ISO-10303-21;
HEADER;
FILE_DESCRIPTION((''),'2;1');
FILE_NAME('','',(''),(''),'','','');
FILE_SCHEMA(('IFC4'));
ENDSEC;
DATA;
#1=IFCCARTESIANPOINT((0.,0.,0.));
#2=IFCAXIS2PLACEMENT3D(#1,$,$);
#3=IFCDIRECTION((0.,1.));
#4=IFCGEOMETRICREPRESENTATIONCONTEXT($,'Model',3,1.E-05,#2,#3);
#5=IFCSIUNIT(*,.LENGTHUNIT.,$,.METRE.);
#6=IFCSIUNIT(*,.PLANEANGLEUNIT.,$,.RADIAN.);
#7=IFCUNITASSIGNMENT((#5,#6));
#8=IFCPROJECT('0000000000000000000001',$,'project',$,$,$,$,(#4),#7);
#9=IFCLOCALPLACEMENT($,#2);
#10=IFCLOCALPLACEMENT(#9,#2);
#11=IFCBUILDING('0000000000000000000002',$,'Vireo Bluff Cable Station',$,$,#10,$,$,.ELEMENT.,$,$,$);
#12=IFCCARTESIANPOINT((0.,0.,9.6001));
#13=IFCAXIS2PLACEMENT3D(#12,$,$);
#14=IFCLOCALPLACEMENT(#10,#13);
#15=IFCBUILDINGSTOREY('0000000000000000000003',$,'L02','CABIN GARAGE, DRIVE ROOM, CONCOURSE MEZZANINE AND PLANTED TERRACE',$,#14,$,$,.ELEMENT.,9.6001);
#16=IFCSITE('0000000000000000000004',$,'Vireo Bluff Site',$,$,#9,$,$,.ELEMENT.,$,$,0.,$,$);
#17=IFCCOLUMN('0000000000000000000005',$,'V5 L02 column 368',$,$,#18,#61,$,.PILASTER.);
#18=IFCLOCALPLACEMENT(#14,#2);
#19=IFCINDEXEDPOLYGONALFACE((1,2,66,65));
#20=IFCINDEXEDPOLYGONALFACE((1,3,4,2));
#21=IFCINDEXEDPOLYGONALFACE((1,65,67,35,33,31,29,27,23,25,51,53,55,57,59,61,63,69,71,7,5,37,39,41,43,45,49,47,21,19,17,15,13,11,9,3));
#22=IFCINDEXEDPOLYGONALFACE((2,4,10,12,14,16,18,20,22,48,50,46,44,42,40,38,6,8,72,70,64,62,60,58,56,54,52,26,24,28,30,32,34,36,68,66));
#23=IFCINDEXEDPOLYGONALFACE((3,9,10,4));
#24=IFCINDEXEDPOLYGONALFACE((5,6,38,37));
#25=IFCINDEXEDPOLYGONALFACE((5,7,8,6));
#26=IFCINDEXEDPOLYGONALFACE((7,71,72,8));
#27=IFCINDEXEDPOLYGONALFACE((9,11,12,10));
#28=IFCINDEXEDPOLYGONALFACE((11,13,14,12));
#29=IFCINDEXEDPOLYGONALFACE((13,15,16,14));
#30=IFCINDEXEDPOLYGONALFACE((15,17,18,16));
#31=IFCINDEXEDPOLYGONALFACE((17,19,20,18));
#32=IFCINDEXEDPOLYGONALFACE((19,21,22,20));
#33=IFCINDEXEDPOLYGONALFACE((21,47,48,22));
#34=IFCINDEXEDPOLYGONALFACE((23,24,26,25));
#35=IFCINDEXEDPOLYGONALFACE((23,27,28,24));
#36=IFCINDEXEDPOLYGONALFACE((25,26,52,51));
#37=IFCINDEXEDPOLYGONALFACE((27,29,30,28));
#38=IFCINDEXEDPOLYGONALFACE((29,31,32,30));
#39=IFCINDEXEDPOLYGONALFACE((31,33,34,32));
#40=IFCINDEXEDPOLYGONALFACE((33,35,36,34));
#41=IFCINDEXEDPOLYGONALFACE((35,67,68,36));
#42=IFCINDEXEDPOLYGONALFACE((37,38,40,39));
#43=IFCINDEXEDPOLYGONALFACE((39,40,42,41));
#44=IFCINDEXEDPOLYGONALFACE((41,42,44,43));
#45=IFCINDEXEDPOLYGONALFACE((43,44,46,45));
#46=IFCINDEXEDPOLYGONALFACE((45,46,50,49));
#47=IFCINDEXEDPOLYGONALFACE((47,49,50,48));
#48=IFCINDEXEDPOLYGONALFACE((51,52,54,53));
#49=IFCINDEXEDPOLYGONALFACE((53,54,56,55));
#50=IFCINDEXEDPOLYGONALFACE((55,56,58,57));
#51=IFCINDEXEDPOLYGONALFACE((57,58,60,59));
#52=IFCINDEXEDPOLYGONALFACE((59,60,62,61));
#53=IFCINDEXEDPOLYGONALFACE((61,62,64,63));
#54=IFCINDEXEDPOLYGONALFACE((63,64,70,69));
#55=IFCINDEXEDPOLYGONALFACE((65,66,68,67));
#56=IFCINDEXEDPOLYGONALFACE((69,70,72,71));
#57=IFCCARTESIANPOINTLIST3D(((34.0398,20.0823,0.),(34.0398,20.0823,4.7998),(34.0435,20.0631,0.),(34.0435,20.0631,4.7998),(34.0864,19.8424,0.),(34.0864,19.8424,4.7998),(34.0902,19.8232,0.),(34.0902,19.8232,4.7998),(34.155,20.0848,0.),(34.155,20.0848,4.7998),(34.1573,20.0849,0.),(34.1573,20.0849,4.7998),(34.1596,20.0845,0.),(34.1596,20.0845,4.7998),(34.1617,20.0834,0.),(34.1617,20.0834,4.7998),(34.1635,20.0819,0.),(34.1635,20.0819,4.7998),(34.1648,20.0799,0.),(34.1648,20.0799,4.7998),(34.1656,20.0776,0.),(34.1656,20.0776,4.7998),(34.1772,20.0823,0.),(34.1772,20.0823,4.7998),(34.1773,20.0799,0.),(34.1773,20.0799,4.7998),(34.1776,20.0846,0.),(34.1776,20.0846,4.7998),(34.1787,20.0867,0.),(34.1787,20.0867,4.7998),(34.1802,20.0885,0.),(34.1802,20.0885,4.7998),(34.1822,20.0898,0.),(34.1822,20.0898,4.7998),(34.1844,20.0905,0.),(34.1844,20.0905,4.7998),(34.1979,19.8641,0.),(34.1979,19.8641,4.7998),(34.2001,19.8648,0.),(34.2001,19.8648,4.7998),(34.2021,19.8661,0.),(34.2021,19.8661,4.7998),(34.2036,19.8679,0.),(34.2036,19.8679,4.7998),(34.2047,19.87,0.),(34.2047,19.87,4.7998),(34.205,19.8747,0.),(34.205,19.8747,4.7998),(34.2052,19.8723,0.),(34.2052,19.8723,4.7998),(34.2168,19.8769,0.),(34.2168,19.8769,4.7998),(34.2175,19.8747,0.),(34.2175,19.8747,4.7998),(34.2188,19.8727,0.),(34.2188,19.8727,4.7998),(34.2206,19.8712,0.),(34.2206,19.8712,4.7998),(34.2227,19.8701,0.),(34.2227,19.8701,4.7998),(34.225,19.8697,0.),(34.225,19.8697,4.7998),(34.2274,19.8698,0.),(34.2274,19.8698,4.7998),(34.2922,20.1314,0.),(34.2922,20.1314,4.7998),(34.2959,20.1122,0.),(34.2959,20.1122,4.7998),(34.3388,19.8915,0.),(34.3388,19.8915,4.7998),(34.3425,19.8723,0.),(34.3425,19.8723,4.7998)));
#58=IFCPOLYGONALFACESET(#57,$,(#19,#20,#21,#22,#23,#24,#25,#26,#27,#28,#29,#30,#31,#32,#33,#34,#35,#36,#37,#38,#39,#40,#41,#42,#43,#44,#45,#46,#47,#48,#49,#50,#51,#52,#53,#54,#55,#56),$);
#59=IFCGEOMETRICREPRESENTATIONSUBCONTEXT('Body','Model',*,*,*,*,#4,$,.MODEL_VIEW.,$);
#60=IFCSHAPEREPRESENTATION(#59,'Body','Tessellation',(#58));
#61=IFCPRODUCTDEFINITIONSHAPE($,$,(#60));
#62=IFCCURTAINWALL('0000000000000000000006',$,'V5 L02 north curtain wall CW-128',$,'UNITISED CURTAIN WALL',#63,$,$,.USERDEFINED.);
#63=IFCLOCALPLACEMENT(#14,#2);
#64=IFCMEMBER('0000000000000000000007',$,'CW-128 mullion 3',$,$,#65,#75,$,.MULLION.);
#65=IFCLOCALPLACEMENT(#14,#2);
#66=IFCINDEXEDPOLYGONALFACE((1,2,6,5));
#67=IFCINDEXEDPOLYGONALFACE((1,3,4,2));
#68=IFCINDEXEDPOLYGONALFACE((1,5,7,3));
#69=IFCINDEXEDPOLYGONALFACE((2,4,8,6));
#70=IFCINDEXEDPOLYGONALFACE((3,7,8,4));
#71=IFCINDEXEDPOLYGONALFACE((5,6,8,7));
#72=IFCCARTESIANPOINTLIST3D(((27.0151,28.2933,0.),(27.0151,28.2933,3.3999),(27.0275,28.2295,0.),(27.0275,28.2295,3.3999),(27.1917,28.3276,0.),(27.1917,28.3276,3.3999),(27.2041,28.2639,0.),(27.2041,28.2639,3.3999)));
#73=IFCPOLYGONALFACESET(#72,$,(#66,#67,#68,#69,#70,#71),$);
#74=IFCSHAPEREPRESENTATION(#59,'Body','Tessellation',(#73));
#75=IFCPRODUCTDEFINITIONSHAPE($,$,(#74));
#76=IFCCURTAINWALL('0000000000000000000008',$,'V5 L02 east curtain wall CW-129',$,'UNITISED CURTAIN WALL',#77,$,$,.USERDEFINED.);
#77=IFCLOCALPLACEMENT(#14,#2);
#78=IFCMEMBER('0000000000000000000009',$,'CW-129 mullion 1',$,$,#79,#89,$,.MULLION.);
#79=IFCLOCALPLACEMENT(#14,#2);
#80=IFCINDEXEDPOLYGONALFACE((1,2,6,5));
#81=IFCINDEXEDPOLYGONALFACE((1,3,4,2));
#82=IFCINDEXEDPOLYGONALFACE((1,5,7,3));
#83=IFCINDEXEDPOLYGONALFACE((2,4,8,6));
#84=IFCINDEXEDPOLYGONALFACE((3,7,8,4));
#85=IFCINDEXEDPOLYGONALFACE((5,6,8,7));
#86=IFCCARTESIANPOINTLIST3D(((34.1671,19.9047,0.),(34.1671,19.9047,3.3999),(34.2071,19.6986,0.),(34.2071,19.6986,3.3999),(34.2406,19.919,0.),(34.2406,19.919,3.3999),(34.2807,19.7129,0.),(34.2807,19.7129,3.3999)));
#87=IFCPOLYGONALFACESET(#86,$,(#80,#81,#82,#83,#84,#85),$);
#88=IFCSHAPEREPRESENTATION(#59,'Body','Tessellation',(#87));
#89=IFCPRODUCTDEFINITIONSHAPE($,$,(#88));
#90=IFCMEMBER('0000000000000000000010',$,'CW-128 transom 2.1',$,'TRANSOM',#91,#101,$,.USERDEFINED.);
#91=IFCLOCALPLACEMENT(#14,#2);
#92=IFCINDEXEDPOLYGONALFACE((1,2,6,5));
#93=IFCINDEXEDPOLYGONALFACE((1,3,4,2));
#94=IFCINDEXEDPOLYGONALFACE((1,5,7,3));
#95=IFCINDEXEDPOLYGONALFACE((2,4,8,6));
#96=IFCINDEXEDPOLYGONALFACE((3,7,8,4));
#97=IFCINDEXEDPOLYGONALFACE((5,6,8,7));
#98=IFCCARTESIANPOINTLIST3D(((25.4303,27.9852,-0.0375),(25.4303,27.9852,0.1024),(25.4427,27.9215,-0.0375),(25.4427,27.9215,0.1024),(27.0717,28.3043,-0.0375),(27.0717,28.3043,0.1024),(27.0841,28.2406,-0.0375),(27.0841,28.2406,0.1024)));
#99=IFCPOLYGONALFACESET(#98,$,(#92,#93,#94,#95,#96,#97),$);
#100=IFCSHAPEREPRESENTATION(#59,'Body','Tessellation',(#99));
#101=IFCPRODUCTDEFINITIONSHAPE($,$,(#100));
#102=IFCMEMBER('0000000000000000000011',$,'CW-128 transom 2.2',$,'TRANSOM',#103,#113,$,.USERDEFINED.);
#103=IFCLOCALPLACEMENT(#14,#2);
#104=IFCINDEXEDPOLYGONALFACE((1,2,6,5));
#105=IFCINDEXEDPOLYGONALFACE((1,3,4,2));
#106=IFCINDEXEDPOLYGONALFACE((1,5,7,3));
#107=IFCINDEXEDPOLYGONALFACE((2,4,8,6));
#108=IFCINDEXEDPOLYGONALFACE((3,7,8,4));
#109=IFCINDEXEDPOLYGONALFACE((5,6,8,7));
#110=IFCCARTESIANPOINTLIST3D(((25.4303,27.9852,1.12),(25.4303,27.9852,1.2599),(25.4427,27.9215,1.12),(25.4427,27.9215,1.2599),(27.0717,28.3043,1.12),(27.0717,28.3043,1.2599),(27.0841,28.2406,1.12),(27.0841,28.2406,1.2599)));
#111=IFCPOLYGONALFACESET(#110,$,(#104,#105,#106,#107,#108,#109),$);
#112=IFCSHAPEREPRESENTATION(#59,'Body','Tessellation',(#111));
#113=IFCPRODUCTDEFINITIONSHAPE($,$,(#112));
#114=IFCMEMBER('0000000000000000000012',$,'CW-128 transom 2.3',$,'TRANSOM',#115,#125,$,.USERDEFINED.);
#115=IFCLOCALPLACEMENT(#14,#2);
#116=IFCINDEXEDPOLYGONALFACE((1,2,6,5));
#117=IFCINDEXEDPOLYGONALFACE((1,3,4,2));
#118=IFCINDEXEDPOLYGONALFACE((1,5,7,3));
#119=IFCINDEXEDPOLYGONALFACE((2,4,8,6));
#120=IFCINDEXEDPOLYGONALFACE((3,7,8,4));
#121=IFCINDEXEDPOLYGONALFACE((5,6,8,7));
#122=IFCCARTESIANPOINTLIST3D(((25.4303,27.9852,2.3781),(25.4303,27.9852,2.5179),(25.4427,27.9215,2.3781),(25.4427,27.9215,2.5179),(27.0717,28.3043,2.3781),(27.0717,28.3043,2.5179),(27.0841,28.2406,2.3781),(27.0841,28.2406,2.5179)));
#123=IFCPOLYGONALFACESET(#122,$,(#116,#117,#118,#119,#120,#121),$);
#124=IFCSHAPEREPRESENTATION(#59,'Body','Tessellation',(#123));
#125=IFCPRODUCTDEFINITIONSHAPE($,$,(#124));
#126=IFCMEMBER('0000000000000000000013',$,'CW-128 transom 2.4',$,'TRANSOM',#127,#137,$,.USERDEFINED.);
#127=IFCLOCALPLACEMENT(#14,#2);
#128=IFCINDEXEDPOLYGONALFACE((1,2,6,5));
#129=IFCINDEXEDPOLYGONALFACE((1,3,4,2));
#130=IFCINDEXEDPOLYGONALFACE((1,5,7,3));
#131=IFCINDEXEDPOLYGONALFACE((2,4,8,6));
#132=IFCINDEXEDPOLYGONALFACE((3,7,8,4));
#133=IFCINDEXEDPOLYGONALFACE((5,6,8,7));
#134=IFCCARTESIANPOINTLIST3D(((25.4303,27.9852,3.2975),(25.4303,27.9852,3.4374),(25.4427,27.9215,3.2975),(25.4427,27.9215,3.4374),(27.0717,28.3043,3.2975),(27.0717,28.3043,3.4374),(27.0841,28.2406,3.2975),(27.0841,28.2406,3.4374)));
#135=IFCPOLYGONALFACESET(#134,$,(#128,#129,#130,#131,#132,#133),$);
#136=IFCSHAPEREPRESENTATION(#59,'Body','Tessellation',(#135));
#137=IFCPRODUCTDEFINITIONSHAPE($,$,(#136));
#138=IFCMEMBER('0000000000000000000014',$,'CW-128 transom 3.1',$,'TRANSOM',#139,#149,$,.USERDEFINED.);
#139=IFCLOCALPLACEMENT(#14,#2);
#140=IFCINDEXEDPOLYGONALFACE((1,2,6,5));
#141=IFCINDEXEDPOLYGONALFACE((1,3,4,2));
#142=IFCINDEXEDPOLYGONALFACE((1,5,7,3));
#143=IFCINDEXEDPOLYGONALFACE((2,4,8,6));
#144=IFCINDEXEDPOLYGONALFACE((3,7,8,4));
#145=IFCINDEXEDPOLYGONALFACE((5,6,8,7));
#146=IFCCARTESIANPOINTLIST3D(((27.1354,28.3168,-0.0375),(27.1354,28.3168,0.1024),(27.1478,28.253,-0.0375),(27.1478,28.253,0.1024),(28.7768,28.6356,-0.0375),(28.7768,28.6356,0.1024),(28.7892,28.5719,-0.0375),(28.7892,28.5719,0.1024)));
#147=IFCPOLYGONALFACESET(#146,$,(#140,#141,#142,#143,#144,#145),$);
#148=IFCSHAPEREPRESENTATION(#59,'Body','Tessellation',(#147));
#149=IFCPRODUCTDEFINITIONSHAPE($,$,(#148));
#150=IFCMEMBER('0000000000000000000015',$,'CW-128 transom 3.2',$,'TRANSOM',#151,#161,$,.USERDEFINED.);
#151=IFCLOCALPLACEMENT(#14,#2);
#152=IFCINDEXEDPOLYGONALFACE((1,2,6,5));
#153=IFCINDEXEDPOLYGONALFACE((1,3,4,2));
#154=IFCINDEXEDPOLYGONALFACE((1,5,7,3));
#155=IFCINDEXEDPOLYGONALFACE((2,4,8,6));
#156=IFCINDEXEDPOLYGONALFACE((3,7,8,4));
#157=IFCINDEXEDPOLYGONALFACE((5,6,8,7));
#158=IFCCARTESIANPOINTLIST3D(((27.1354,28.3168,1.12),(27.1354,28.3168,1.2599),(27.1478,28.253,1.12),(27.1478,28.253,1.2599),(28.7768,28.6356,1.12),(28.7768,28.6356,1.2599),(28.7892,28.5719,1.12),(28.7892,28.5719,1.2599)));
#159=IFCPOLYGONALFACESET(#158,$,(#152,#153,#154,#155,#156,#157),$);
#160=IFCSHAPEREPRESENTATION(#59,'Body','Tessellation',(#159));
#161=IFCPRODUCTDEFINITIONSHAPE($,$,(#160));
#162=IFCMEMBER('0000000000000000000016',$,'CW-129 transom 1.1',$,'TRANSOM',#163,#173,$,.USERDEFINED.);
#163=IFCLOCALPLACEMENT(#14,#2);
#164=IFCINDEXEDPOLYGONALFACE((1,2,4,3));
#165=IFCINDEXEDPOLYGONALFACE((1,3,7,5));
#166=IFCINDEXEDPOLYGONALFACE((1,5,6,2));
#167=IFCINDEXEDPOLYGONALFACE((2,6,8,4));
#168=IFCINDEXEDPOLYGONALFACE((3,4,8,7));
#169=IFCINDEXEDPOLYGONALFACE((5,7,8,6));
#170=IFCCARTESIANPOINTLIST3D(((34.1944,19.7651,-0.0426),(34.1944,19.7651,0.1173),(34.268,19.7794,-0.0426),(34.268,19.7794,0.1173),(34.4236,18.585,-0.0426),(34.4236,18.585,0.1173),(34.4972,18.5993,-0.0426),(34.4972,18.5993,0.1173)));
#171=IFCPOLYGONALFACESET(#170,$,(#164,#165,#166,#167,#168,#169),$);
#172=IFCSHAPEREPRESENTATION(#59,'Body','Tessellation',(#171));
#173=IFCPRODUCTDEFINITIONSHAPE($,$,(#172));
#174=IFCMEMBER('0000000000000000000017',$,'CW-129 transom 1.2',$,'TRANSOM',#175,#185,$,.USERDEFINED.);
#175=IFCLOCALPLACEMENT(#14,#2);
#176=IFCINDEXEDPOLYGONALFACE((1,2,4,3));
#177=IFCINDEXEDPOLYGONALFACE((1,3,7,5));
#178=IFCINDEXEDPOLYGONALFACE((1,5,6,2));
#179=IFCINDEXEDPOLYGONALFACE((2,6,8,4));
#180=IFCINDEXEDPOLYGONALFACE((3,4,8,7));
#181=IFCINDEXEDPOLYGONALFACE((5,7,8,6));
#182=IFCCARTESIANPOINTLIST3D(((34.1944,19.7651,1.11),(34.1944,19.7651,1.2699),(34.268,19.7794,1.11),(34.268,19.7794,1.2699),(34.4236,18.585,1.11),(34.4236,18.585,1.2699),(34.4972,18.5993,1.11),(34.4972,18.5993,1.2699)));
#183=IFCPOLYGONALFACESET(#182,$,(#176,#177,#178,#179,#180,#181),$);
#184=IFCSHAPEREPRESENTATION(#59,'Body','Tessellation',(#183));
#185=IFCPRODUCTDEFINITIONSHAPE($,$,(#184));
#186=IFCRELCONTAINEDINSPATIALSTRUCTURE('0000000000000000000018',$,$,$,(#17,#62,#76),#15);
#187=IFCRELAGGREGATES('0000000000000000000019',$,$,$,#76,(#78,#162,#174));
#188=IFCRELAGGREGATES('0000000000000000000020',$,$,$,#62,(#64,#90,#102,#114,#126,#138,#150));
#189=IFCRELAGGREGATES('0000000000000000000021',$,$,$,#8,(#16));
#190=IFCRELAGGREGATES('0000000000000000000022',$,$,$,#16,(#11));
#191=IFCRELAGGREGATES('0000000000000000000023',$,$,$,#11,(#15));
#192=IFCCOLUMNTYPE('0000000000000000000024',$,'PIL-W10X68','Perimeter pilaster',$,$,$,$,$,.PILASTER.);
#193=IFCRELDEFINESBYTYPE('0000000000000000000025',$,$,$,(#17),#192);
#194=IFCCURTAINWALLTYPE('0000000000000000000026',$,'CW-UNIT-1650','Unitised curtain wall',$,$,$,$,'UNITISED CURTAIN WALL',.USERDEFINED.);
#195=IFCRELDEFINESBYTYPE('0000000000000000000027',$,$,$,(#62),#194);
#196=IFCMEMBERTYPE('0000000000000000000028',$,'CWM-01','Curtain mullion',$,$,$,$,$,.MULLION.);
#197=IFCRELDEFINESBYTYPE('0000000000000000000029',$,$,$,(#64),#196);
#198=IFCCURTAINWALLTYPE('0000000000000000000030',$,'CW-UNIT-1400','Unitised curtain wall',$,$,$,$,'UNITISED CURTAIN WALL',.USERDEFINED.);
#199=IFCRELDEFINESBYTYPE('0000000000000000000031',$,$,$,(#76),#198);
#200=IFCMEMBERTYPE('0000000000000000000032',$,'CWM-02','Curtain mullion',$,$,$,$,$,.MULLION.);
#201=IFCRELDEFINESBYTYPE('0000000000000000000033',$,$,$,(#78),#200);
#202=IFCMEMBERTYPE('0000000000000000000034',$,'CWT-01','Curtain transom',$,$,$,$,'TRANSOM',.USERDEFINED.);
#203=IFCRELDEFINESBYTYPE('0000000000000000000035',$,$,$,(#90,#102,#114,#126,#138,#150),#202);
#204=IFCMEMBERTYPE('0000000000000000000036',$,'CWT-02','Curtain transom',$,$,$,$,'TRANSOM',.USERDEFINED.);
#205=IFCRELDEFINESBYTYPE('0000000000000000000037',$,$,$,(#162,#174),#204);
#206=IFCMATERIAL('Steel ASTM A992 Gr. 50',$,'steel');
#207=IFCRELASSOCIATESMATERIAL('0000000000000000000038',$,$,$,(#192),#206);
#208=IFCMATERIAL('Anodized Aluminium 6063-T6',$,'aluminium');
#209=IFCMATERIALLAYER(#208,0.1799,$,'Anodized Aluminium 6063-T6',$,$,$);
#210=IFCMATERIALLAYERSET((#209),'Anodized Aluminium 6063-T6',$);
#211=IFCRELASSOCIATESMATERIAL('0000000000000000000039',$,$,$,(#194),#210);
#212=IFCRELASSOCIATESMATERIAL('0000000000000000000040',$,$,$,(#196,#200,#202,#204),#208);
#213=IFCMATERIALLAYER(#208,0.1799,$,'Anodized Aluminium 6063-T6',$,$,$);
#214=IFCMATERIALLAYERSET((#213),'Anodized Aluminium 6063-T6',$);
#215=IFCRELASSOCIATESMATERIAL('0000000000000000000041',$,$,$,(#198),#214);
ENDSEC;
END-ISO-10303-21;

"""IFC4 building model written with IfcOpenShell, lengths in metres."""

from ifc_helpers import new_model, si_unit, direction, frame, origin, origin_2d, place, context, subcontext, project, spatial, rectangle, i_section, extrude, material, layer, layer_set, material_profile, profile_set, type_object, element, aggregate, save


model = new_model("IFC4")

# Units and contexts
model_context = context("Model", 3, precision=1e-05, world=origin(), true_north=direction((0.0, 1.0)))
body_context = subcontext(model_context, "Body", "Model", "MODEL_VIEW")
ifc_project = project(units=[si_unit("LENGTHUNIT", "METRE"), si_unit("PLANEANGLEUNIT", "RADIAN")], contexts=[model_context])

# Site, building, storey
site_placement = place(None, origin())
site = spatial("IfcSite", under=ifc_project, at=site_placement, Name="Vireo Bluff Site", CompositionType="ELEMENT", RefElevation=0.0)
building_placement = place(site_placement, origin())
building = spatial("IfcBuilding", under=site, at=building_placement, Name="Vireo Bluff Cable Station", CompositionType="ELEMENT")
storey_placement = place(building_placement, frame((0.0, 0.0, 9.6001)))
storey = spatial("IfcBuildingStorey", under=building, at=storey_placement, Name="L02", Description="CABIN GARAGE, DRIVE ROOM, CONCOURSE MEZZANINE AND PLANTED TERRACE", CompositionType="ELEMENT", Elevation=9.6001)

# Column
ifc_material_1 = material(Name="Steel ASTM A992 Gr. 50", Category="steel")
ifc_material_profile_1 = material_profile(ifc_material_1, i_section(OverallWidth=0.2571, OverallDepth=0.2639, WebThickness=0.012, FlangeThickness=0.0195, FilletRadius=0.009, at=origin_2d()), Name="W10X68")
ifc_profile_set_1 = profile_set([ifc_material_profile_1], Name="Steel ASTM A992 Gr. 50")
column_type = type_object("IfcColumnType", Name="PIL-W10X68", Description="Perimeter pilaster", PredefinedType="PILASTER", material=ifc_profile_set_1)
column_placement = place(storey_placement, frame((34.1912, 19.9773, 0.0), z_axis=(0.0, 0.0, 1.0), x_axis=(0.981627, 0.190809, 0.0)))
element("IfcColumn", 1, at=column_placement, inside=storey, type_object=column_type, Name="V5 L02 column 368", PredefinedType="PILASTER", context=body_context, shape_type="SweptSolid", body=[
    extrude(i_section(OverallWidth=0.2571, OverallDepth=0.2639, WebThickness=0.012, FlangeThickness=0.0195, FilletRadius=0.009, at=origin_2d()), origin(), (0.0, 0.0, 1.0), 4.7998),
])

# Curtain walls, members
ifc_material_2 = material(Name="Anodized Aluminium 6063-T6", Category="aluminium")
ifc_layer_1 = layer(ifc_material_2, 0.1799, Name="Anodized Aluminium 6063-T6")
ifc_layer_set_1 = layer_set([ifc_layer_1], Name="Anodized Aluminium 6063-T6")
curtain_wall_type_1 = type_object("IfcCurtainWallType", Name="CW-UNIT-1650", Description="Unitised curtain wall", ElementType="UNITISED CURTAIN WALL", PredefinedType="USERDEFINED", material=ifc_layer_set_1)
curtain_wall_1_placement = place(storey_placement, origin())
curtain_wall_1 = element("IfcCurtainWall", 2, at=curtain_wall_1_placement, inside=storey, type_object=curtain_wall_type_1, Name="V5 L02 north curtain wall CW-128", ObjectType="UNITISED CURTAIN WALL", PredefinedType="USERDEFINED")
ifc_material_profile_2 = material_profile(ifc_material_2, rectangle(XDim=0.0649, YDim=0.1799, at=origin_2d()), Name="ALU-M-65X180")
ifc_profile_set_2 = profile_set([ifc_material_profile_2], Name="Anodized Aluminium 6063-T6")
member_type_1 = type_object("IfcMemberType", Name="CWM-01", Description="Curtain mullion", PredefinedType="MULLION", material=ifc_profile_set_2)
member_1_placement = place(storey_placement, frame((27.1096, 28.2786, 0.0), z_axis=(0.0, 0.0, 1.0), x_axis=(-0.190809, 0.981627, 0.0)))
member_1 = element("IfcMember", 3, at=member_1_placement, type_object=member_type_1, Name="CW-128 mullion 3", PredefinedType="MULLION", context=body_context, shape_type="SweptSolid", body=[
    extrude(rectangle(XDim=0.0649, YDim=0.1799, at=origin_2d()), origin(), (0.0, 0.0, 1.0), 3.3999),
])
ifc_layer_2 = layer(ifc_material_2, 0.1799, Name="Anodized Aluminium 6063-T6")
ifc_layer_set_2 = layer_set([ifc_layer_2], Name="Anodized Aluminium 6063-T6")
curtain_wall_type_2 = type_object("IfcCurtainWallType", Name="CW-UNIT-1400", Description="Unitised curtain wall", ElementType="UNITISED CURTAIN WALL", PredefinedType="USERDEFINED", material=ifc_layer_set_2)
curtain_wall_2_placement = place(storey_placement, origin())
curtain_wall_2 = element("IfcCurtainWall", 4, at=curtain_wall_2_placement, inside=storey, type_object=curtain_wall_type_2, Name="V5 L02 east curtain wall CW-129", ObjectType="UNITISED CURTAIN WALL", PredefinedType="USERDEFINED")
ifc_material_profile_3 = material_profile(ifc_material_2, rectangle(XDim=0.075, YDim=0.21, at=origin_2d()), Name="ALU-M-75X210")
ifc_profile_set_3 = profile_set([ifc_material_profile_3], Name="Anodized Aluminium 6063-T6")
member_type_2 = type_object("IfcMemberType", Name="CWM-02", Description="Curtain mullion", PredefinedType="MULLION", material=ifc_profile_set_3)
member_2_placement = place(storey_placement, frame((34.2239, 19.8088, 0.0), z_axis=(0.0, 0.0, 1.0), x_axis=(0.981627, 0.190809, 0.0)))
member_2 = element("IfcMember", 5, at=member_2_placement, type_object=member_type_2, Name="CW-129 mullion 1", PredefinedType="MULLION", context=body_context, shape_type="SweptSolid", body=[
    extrude(rectangle(XDim=0.075, YDim=0.21, at=origin_2d()), origin(), (0.0, 0.0, 1.0), 3.3999),
])

# Members
ifc_material_profile_4 = material_profile(ifc_material_2, rectangle(XDim=0.0649, YDim=0.1399, at=origin_2d()), Name="ALU-T-65X140")
ifc_profile_set_4 = profile_set([ifc_material_profile_4], Name="Anodized Aluminium 6063-T6")
member_type_3 = type_object("IfcMemberType", Name="CWT-01", Description="Curtain transom", ElementType="TRANSOM", PredefinedType="USERDEFINED", material=ifc_profile_set_4)
member_3_placement = place(storey_placement, frame((25.4365, 27.9534, 0.0325), z_axis=(0.981622, 0.190834, 0.0), x_axis=(-0.190834, 0.981622, 0.0)))
member_3 = element("IfcMember", 6, at=member_3_placement, type_object=member_type_3, Name="CW-128 transom 2.1", ObjectType="TRANSOM", PredefinedType="USERDEFINED", context=body_context, shape_type="SweptSolid", body=[
    extrude(rectangle(XDim=0.0649, YDim=0.1399, at=origin_2d()), origin(), (0.0, 0.0, 1.0), 1.6721),
])
member_4_placement = place(storey_placement, frame((25.4365, 27.9534, 1.1899), z_axis=(0.981622, 0.190834, 0.0), x_axis=(-0.190834, 0.981622, 0.0)))
member_4 = element("IfcMember", 7, at=member_4_placement, type_object=member_type_3, Name="CW-128 transom 2.2", ObjectType="TRANSOM", PredefinedType="USERDEFINED", context=body_context, shape_type="SweptSolid", body=[
    extrude(rectangle(XDim=0.0649, YDim=0.1399, at=origin_2d()), origin(), (0.0, 0.0, 1.0), 1.6721),
])
member_5_placement = place(storey_placement, frame((25.4365, 27.9534, 2.448), z_axis=(0.981622, 0.190834, 0.0), x_axis=(-0.190834, 0.981622, 0.0)))
member_5 = element("IfcMember", 8, at=member_5_placement, type_object=member_type_3, Name="CW-128 transom 2.3", ObjectType="TRANSOM", PredefinedType="USERDEFINED", context=body_context, shape_type="SweptSolid", body=[
    extrude(rectangle(XDim=0.0649, YDim=0.1399, at=origin_2d()), origin(), (0.0, 0.0, 1.0), 1.6721),
])
member_6_placement = place(storey_placement, frame((25.4365, 27.9534, 3.3674), z_axis=(0.981622, 0.190834, 0.0), x_axis=(-0.190834, 0.981622, 0.0)))
member_6 = element("IfcMember", 9, at=member_6_placement, type_object=member_type_3, Name="CW-128 transom 2.4", ObjectType="TRANSOM", PredefinedType="USERDEFINED", context=body_context, shape_type="SweptSolid", body=[
    extrude(rectangle(XDim=0.0649, YDim=0.1399, at=origin_2d()), origin(), (0.0, 0.0, 1.0), 1.6721),
])
member_7_placement = place(storey_placement, frame((27.1416, 28.2849, 0.0325), z_axis=(0.98165, 0.190694, 0.0), x_axis=(-0.190694, 0.98165, 0.0)))
member_7 = element("IfcMember", 10, at=member_7_placement, type_object=member_type_3, Name="CW-128 transom 3.1", ObjectType="TRANSOM", PredefinedType="USERDEFINED", context=body_context, shape_type="SweptSolid", body=[
    extrude(rectangle(XDim=0.0649, YDim=0.1399, at=origin_2d()), origin(), (0.0, 0.0, 1.0), 1.6721),
])
member_8_placement = place(storey_placement, frame((27.1416, 28.2849, 1.1899), z_axis=(0.98165, 0.190694, 0.0), x_axis=(-0.190694, 0.98165, 0.0)))
member_8 = element("IfcMember", 11, at=member_8_placement, type_object=member_type_3, Name="CW-128 transom 3.2", ObjectType="TRANSOM", PredefinedType="USERDEFINED", context=body_context, shape_type="SweptSolid", body=[
    extrude(rectangle(XDim=0.0649, YDim=0.1399, at=origin_2d()), origin(), (0.0, 0.0, 1.0), 1.6721),
])
ifc_material_profile_5 = material_profile(ifc_material_2, rectangle(XDim=0.075, YDim=0.1599, at=origin_2d()), Name="ALU-T-75X160")
ifc_profile_set_5 = profile_set([ifc_material_profile_5], Name="Anodized Aluminium 6063-T6")
member_type_4 = type_object("IfcMemberType", Name="CWT-02", Description="Curtain transom", ElementType="TRANSOM", PredefinedType="USERDEFINED", material=ifc_profile_set_5)
member_9_placement = place(storey_placement, frame((34.2312, 19.7722, 0.0374), z_axis=(0.190685, -0.981651, 0.0), x_axis=(0.981651, 0.190685, 0.0)))
member_9 = element("IfcMember", 12, at=member_9_placement, type_object=member_type_4, Name="CW-129 transom 1.1", ObjectType="TRANSOM", PredefinedType="USERDEFINED", context=body_context, shape_type="SweptSolid", body=[
    extrude(rectangle(XDim=0.075, YDim=0.1599, at=origin_2d()), origin(), (0.0, 0.0, 1.0), 1.2021),
])
member_10_placement = place(storey_placement, frame((34.2312, 19.7722, 1.1899), z_axis=(0.190685, -0.981651, 0.0), x_axis=(0.981651, 0.190685, 0.0)))
member_10 = element("IfcMember", 13, at=member_10_placement, type_object=member_type_4, Name="CW-129 transom 1.2", ObjectType="TRANSOM", PredefinedType="USERDEFINED", context=body_context, shape_type="SweptSolid", body=[
    extrude(rectangle(XDim=0.075, YDim=0.1599, at=origin_2d()), origin(), (0.0, 0.0, 1.0), 1.2021),
])
aggregate(curtain_wall_2, [member_2, member_9, member_10])

aggregate(curtain_wall_1, [member_1, member_3, member_4, member_5, member_6, member_7, member_8])

save(model, "model.ifc")
